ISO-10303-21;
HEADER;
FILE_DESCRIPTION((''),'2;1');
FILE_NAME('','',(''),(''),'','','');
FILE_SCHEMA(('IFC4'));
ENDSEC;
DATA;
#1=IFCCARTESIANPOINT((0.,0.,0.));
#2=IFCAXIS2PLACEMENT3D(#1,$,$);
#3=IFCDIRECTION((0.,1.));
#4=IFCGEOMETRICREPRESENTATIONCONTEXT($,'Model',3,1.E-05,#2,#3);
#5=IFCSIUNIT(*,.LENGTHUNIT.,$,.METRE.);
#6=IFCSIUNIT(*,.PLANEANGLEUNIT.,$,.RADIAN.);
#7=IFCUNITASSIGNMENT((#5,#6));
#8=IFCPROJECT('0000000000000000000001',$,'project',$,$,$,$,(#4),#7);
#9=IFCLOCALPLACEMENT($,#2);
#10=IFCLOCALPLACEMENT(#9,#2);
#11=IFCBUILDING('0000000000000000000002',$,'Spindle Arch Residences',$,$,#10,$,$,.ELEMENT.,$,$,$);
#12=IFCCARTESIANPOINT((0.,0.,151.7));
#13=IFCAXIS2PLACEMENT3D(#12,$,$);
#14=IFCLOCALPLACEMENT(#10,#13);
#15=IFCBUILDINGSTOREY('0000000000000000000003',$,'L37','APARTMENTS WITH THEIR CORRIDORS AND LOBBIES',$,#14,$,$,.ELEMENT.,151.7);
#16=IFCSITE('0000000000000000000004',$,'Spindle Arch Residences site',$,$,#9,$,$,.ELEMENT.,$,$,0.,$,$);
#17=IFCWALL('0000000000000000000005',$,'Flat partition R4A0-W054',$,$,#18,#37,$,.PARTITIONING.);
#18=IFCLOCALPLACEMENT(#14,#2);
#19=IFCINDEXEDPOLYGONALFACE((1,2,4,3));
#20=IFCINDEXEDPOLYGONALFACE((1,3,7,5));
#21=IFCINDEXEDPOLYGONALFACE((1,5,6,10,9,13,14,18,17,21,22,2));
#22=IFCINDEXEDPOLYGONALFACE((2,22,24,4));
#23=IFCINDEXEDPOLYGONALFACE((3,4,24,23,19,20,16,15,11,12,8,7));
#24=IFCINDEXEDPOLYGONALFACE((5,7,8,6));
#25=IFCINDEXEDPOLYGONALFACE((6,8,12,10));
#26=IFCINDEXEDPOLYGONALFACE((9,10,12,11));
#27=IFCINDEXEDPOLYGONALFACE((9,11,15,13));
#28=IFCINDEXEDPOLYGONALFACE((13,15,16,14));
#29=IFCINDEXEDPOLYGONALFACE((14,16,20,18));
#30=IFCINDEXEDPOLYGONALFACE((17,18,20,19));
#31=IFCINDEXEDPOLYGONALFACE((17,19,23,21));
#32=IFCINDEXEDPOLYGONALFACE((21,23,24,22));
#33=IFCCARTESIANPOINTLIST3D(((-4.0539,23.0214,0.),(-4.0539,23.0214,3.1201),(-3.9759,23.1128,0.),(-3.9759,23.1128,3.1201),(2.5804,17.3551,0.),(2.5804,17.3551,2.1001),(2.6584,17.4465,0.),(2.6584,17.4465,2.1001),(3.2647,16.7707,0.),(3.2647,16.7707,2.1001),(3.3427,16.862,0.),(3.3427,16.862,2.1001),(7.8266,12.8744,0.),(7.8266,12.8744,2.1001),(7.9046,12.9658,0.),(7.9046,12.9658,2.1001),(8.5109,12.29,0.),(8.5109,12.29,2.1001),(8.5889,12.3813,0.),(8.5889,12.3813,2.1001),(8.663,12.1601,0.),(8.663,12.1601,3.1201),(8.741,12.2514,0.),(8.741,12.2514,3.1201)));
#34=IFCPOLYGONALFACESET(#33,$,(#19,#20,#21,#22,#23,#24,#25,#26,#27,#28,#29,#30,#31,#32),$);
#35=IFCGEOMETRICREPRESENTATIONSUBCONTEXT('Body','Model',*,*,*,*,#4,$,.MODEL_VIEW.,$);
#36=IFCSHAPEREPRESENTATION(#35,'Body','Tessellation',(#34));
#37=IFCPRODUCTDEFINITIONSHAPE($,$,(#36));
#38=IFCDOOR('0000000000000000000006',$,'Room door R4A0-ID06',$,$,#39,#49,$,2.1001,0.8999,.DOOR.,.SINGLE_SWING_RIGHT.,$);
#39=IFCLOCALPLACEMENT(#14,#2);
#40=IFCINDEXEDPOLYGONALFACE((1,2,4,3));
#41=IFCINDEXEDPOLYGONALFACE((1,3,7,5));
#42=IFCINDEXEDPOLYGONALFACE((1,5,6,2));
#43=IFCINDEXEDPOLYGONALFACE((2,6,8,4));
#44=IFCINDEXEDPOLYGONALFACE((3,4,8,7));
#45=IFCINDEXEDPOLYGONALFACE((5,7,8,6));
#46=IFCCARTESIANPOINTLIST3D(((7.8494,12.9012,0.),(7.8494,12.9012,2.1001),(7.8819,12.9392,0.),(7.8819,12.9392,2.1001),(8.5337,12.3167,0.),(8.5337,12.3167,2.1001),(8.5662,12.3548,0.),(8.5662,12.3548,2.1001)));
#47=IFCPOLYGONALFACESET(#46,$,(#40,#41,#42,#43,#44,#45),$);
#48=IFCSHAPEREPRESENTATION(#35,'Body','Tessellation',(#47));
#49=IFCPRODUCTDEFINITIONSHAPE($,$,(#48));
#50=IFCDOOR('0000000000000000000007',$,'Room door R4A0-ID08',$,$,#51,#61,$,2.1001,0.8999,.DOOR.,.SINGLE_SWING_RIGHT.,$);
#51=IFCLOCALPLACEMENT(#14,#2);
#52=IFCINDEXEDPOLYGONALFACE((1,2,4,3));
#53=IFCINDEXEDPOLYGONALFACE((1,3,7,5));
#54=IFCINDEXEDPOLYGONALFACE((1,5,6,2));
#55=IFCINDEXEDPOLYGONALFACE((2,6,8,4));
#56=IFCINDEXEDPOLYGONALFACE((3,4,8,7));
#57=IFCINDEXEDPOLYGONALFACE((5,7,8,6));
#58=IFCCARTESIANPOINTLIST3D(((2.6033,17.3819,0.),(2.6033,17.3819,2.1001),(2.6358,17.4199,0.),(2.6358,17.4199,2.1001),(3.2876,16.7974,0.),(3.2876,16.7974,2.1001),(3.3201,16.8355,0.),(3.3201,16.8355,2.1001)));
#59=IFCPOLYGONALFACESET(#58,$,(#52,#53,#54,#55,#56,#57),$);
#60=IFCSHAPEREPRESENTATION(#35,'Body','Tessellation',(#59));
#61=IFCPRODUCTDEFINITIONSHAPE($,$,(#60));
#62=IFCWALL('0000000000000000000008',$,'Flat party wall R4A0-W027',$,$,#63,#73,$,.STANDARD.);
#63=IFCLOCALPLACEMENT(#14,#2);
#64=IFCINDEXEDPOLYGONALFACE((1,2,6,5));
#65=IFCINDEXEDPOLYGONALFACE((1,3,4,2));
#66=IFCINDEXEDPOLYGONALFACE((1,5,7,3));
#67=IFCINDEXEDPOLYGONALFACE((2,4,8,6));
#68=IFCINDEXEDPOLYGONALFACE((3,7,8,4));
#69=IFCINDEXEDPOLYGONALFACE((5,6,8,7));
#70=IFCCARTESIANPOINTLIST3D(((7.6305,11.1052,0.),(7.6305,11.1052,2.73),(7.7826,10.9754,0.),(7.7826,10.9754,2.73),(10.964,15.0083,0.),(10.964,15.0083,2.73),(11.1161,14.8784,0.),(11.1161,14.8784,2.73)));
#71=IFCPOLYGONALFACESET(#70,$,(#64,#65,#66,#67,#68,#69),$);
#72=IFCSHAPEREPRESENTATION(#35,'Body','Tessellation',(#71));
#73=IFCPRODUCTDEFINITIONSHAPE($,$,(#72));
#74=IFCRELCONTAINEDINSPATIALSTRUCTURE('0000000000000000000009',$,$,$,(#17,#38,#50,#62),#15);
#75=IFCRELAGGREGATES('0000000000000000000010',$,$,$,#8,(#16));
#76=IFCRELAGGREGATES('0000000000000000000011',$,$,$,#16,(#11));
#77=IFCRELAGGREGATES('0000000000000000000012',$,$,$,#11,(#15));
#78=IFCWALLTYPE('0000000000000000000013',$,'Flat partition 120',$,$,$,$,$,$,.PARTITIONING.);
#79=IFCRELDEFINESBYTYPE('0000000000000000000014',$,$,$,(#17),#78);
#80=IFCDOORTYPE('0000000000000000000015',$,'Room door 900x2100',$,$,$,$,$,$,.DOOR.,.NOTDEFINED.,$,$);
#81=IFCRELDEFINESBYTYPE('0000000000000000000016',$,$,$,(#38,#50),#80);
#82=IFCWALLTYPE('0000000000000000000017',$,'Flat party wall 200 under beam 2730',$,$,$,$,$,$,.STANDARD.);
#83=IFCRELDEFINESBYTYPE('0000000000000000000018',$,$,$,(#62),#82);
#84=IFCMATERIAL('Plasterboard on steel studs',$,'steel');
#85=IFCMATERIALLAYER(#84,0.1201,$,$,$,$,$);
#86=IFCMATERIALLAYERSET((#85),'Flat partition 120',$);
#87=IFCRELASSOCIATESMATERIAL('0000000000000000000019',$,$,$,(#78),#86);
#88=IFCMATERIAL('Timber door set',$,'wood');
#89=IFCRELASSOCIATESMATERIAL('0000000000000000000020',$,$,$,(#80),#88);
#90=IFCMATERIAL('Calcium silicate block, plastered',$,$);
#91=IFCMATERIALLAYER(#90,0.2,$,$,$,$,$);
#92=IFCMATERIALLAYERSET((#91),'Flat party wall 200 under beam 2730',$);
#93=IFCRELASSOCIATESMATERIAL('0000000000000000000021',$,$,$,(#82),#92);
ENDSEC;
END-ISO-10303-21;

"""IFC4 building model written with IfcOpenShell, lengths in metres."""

from ifc_helpers import new_model, si_unit, direction, frame, frame_2d, origin, place, context, subcontext, project, spatial, rectangle, extrude, material, layer, layer_set, type_object, element, fill, save


model = new_model("IFC4")

# Units and contexts
model_context = context("Model", 3, precision=1e-05, world=origin(), true_north=direction((0.0, 1.0)))
body_context = subcontext(model_context, "Body", "Model", "MODEL_VIEW")
ifc_project = project(units=[si_unit("LENGTHUNIT", "METRE"), si_unit("PLANEANGLEUNIT", "RADIAN")], contexts=[model_context])

# Site, building, storey
site_placement = place(None, origin())
site = spatial("IfcSite", under=ifc_project, at=site_placement, Name="Spindle Arch Residences site", CompositionType="ELEMENT", RefElevation=0.0)
building_placement = place(site_placement, origin())
building = spatial("IfcBuilding", under=site, at=building_placement, Name="Spindle Arch Residences", CompositionType="ELEMENT")
storey_placement = place(building_placement, frame((0.0, 0.0, 151.7)))
storey = spatial("IfcBuildingStorey", under=building, at=storey_placement, Name="L37", Description="APARTMENTS WITH THEIR CORRIDORS AND LOBBIES", CompositionType="ELEMENT", Elevation=151.7)

# Shared definitions
ifc_material_1 = material(Name="Plasterboard on steel studs", Category="steel")
ifc_layer_1 = layer(ifc_material_1, 0.1201)
ifc_layer_set_1 = layer_set([ifc_layer_1], Name="Flat partition 120")
wall_type_1 = type_object("IfcWallType", Name="Flat partition 120", PredefinedType="PARTITIONING", material=ifc_layer_set_1)

# Wall, openings, doors
wall_1_placement = place(storey_placement, frame((8.7019, 12.2058, 0.0), z_axis=(0.0, 0.0, 1.0), x_axis=(-0.760401, 0.649453, 0.0)))
wall_1 = element("IfcWall", 1, at=wall_1_placement, inside=storey, type_object=wall_type_1, Name="Flat partition R4A0-W054", PredefinedType="PARTITIONING", context=body_context, shape_type="SweptSolid", body=[
    extrude(rectangle(XDim=16.7239, YDim=0.1201, at=frame_2d((8.3618, 0.0))), origin(), (0.0, 0.0, 1.0), 3.1201),
])
opening_1_placement = place(wall_1_placement, frame((0.2, 0.0, 0.0)))
opening_1 = element("IfcOpeningElement", 2, at=opening_1_placement, cuts=wall_1, PredefinedType="OPENING", context=body_context, shape_type="SweptSolid", body=[
    extrude(rectangle(XDim=0.8999, YDim=2.1001, at=frame_2d((0.45, 1.05))), frame((0.0, 0.0701, 0.0), z_axis=(0.0, -1.0, 0.0), x_axis=(1.0, 0.0, 0.0)), (0.0, 0.0, 1.0), 0.1401),
])
opening_2_placement = place(wall_1_placement, frame((7.0991, 0.0, 0.0)))
opening_2 = element("IfcOpeningElement", 3, at=opening_2_placement, cuts=wall_1, PredefinedType="OPENING", context=body_context, shape_type="SweptSolid", body=[
    extrude(rectangle(XDim=0.8999, YDim=2.1001, at=frame_2d((0.45, 1.05))), frame((0.0, 0.0701, 0.0), z_axis=(0.0, -1.0, 0.0), x_axis=(1.0, 0.0, 0.0)), (0.0, 0.0, 1.0), 0.1401),
])
ifc_material_2 = material(Name="Timber door set", Category="wood")
door_type_1 = type_object("IfcDoorType", Name="Room door 900x2100", OperationType="NOTDEFINED", PredefinedType="DOOR", material=ifc_material_2)
door_1_placement = place(opening_1_placement, origin())
door_1 = element("IfcDoor", 4, at=door_1_placement, inside=storey, type_object=door_type_1, Name="Room door R4A0-ID06", OperationType="SINGLE_SWING_RIGHT", OverallHeight=2.1001, OverallWidth=0.8999, PredefinedType="DOOR", context=body_context, shape_type="SweptSolid", body=[
    extrude(rectangle(XDim=0.8999, YDim=2.1001, at=frame_2d((0.45, 1.05))), frame((0.0, 0.0249, 0.0), z_axis=(0.0, -1.0, 0.0), x_axis=(1.0, 0.0, 0.0)), (0.0, 0.0, 1.0), 0.05),
])
fill(opening_1, door_1)
door_2_placement = place(opening_2_placement, origin())
door_2 = element("IfcDoor", 5, at=door_2_placement, inside=storey, type_object=door_type_1, Name="Room door R4A0-ID08", OperationType="SINGLE_SWING_RIGHT", OverallHeight=2.1001, OverallWidth=0.8999, PredefinedType="DOOR", context=body_context, shape_type="SweptSolid", body=[
    extrude(rectangle(XDim=0.8999, YDim=2.1001, at=frame_2d((0.45, 1.05))), frame((0.0, 0.0249, 0.0), z_axis=(0.0, -1.0, 0.0), x_axis=(1.0, 0.0, 0.0)), (0.0, 0.0, 1.0), 0.05),
])
fill(opening_2, door_2)

# Wall
ifc_material_3 = material(Name="Calcium silicate block, plastered")
ifc_layer_2 = layer(ifc_material_3, 0.2)
ifc_layer_set_2 = layer_set([ifc_layer_2], Name="Flat party wall 200 under beam 2730")
wall_type_2 = type_object("IfcWallType", Name="Flat party wall 200 under beam 2730", PredefinedType="STANDARD", material=ifc_layer_set_2)
wall_2_placement = place(storey_placement, frame((11.04, 14.9434, 0.0), z_axis=(0.0, 0.0, 1.0), x_axis=(-0.649443, -0.76041, 0.0)))
element("IfcWall", 6, at=wall_2_placement, inside=storey, type_object=wall_type_2, Name="Flat party wall R4A0-W027", PredefinedType="STANDARD", context=body_context, shape_type="SweptSolid", body=[
    extrude(rectangle(XDim=5.1328, YDim=0.2, at=frame_2d((2.5664, 0.0))), origin(), (0.0, 0.0, 1.0), 2.73),
])

save(model, "model.ifc")
